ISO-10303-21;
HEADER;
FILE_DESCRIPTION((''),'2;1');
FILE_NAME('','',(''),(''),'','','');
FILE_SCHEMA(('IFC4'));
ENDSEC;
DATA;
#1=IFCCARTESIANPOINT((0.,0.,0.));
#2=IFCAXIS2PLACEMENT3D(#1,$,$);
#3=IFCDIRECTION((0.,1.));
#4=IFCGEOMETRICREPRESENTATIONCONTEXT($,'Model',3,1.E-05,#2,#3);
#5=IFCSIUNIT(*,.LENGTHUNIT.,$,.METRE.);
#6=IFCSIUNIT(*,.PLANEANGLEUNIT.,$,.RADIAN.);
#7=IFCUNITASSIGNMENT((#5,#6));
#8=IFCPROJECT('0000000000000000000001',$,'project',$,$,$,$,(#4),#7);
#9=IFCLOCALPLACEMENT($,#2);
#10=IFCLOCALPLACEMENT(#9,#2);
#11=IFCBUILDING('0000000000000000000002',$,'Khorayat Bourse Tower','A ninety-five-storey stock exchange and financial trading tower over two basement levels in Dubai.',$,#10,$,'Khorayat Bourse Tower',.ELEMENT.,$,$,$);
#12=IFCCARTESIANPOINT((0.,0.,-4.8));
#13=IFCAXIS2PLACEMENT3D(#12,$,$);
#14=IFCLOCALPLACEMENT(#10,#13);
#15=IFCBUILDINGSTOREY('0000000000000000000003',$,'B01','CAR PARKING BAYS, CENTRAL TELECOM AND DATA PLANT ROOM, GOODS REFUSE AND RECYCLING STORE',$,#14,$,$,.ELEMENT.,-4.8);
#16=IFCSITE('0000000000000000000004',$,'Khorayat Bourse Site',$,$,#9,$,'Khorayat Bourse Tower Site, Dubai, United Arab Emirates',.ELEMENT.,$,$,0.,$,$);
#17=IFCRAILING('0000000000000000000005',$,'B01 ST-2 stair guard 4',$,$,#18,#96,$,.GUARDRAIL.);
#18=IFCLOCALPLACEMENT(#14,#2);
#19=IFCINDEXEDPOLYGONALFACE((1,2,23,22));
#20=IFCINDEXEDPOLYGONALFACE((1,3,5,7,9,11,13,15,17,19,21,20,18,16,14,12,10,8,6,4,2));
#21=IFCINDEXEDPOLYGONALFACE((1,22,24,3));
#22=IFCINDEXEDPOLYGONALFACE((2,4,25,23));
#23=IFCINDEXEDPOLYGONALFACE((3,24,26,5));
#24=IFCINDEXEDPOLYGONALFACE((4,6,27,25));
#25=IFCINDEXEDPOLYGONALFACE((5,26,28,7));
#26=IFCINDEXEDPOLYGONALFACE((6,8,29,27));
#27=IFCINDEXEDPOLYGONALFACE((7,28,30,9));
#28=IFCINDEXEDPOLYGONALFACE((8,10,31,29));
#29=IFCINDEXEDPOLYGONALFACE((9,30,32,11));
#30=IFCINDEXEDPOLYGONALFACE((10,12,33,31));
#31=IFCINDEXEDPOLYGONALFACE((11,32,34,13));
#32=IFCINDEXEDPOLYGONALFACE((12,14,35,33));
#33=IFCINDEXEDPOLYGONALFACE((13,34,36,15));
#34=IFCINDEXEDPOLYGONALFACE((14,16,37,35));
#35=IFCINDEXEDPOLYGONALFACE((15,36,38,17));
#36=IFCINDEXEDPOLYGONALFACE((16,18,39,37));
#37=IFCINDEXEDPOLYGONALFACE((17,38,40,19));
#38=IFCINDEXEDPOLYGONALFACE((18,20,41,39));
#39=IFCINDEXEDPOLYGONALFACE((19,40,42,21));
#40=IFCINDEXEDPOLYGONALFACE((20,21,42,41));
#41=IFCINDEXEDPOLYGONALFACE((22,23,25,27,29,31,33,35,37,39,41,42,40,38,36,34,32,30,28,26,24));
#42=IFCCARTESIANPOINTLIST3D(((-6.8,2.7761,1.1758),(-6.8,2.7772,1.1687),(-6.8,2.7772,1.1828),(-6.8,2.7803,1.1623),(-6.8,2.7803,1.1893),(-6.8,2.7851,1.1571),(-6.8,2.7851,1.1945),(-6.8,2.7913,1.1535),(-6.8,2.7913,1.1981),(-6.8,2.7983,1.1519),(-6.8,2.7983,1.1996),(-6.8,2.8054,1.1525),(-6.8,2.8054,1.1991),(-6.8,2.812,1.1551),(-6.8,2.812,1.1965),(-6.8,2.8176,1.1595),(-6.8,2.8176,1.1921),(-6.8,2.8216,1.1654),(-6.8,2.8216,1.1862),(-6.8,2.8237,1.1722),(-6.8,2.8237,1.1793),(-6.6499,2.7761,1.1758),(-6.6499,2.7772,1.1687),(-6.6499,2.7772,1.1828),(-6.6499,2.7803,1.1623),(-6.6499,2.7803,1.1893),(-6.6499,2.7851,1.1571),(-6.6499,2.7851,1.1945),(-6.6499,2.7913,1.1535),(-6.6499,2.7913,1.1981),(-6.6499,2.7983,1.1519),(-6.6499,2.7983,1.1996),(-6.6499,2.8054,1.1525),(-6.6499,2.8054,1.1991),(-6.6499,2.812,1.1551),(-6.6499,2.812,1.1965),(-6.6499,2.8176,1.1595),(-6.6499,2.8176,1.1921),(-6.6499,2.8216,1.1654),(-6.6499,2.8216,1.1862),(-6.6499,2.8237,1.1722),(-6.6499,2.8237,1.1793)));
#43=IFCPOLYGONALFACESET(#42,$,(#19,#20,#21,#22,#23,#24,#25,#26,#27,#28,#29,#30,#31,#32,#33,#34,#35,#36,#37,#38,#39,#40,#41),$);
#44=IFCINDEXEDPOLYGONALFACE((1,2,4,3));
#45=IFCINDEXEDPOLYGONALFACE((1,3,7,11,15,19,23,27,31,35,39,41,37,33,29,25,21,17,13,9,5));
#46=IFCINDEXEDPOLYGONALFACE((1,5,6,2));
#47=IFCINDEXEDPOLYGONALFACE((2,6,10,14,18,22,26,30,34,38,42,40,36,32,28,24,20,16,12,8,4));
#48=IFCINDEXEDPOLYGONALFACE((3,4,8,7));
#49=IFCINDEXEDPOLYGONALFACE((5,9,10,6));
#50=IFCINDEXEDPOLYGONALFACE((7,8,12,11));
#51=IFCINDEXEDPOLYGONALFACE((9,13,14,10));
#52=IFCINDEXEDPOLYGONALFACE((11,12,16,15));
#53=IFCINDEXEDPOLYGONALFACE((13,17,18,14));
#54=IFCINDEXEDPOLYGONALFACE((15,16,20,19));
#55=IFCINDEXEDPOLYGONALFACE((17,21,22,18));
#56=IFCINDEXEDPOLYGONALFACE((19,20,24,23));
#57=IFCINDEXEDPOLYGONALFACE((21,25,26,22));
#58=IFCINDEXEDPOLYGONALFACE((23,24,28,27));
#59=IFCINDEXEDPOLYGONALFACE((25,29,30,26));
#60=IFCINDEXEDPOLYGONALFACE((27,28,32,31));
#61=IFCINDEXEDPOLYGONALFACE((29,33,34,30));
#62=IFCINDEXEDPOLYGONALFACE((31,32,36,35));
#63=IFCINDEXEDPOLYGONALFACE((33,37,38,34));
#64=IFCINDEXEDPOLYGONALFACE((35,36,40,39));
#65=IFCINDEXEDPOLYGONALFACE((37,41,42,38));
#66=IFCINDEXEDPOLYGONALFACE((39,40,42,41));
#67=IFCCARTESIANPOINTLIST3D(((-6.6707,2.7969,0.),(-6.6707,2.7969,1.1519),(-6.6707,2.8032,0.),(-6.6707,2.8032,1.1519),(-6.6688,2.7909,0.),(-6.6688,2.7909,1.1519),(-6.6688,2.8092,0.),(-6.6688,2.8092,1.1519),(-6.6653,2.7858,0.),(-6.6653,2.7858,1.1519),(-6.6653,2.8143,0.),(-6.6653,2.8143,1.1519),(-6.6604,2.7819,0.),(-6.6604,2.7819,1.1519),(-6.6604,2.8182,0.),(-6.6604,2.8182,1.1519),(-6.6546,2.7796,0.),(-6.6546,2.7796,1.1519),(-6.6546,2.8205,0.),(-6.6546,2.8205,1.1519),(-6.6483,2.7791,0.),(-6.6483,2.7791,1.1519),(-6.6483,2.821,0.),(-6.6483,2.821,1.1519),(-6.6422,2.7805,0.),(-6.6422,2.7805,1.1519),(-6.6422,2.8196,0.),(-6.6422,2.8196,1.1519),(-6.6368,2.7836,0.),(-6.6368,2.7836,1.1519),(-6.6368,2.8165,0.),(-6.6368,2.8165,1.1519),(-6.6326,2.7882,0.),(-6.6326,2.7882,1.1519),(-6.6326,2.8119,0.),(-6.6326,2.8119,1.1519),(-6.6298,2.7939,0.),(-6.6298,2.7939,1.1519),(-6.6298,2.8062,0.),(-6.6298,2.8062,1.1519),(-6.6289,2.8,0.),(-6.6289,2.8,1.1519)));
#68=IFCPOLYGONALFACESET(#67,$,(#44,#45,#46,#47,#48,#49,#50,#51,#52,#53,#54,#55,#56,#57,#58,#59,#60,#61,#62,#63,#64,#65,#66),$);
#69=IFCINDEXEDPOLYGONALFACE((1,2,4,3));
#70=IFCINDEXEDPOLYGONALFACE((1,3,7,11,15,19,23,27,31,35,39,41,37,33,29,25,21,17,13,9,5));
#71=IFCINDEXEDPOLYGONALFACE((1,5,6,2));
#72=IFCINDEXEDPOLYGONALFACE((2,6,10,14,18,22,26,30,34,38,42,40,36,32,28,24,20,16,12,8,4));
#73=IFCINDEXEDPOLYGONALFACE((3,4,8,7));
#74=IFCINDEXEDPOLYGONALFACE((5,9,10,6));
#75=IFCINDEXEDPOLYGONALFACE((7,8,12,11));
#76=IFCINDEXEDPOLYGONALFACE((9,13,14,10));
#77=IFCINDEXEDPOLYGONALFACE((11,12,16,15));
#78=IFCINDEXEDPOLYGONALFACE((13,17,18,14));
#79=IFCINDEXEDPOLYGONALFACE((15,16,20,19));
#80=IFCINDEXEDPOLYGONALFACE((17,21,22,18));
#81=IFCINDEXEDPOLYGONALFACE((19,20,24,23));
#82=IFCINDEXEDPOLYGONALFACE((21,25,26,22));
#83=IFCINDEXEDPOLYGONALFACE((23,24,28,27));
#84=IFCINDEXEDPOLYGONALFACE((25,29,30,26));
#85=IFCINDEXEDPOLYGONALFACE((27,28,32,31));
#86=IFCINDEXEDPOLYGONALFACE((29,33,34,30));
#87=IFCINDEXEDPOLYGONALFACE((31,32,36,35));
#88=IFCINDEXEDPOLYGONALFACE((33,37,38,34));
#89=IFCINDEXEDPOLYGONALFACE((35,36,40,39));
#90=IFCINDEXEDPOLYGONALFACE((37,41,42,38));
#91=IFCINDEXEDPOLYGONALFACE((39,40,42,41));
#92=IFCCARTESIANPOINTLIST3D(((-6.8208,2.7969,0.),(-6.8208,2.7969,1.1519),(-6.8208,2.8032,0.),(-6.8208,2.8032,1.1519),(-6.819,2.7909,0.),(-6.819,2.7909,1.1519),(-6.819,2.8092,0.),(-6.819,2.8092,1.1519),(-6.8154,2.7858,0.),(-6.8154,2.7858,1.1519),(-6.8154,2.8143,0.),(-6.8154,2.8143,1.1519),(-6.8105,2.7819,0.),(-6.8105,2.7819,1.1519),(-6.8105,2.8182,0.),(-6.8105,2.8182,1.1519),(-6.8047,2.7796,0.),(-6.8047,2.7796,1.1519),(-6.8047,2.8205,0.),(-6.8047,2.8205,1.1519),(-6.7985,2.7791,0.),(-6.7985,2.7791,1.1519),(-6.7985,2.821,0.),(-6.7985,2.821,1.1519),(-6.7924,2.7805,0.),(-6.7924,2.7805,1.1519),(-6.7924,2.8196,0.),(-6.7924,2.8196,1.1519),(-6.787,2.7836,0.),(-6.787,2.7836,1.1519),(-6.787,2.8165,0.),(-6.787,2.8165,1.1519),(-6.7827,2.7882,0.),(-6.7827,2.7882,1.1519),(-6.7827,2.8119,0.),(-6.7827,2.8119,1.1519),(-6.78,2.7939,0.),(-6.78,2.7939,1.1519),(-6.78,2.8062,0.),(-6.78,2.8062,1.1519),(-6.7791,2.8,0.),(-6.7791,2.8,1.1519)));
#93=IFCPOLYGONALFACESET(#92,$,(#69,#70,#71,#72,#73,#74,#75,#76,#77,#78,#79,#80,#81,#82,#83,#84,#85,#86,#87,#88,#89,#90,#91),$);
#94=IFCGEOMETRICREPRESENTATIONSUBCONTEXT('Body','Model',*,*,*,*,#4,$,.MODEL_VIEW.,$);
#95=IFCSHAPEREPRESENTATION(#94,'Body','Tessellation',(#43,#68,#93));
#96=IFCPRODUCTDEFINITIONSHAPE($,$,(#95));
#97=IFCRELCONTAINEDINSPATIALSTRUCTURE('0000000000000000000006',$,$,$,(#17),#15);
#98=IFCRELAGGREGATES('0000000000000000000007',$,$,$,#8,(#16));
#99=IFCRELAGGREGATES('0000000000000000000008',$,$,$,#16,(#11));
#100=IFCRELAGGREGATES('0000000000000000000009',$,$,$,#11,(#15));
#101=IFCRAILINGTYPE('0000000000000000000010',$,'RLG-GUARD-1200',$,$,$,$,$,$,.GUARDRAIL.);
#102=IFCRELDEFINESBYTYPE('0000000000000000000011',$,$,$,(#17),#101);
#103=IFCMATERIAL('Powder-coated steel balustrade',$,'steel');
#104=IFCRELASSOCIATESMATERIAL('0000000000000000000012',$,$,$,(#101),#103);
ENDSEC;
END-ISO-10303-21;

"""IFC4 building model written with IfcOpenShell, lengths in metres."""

from ifc_helpers import new_model, si_unit, direction, frame, origin, origin_2d, place, context, subcontext, project, spatial, circle, extrude, source, transform, mapped, material, type_object, element, save


model = new_model("IFC4")

# Units and contexts
model_context = context("Model", 3, precision=1e-05, world=origin(), true_north=direction((0.0, 1.0)))
body_context = subcontext(model_context, "Body", "Model", "MODEL_VIEW")
ifc_project = project(units=[si_unit("LENGTHUNIT", "METRE"), si_unit("PLANEANGLEUNIT", "RADIAN")], contexts=[model_context])

# Site, building, storey
site_placement = place(None, origin())
site = spatial("IfcSite", under=ifc_project, at=site_placement, Name="Khorayat Bourse Site", LongName="Khorayat Bourse Tower Site, Dubai, United Arab Emirates", CompositionType="ELEMENT", RefElevation=0.0)
building_placement = place(site_placement, origin())
building = spatial("IfcBuilding", under=site, at=building_placement, Name="Khorayat Bourse Tower", Description="A ninety-five-storey stock exchange and financial trading tower over two basement levels in Dubai.", LongName="Khorayat Bourse Tower", CompositionType="ELEMENT")
storey_placement = place(building_placement, frame((0.0, 0.0, -4.8)))
storey = spatial("IfcBuildingStorey", under=building, at=storey_placement, Name="B01", Description="CAR PARKING BAYS, CENTRAL TELECOM AND DATA PLANT ROOM, GOODS REFUSE AND RECYCLING STORE", CompositionType="ELEMENT", Elevation=-4.8)

# Railing
ifc_material_1 = material(Name="Powder-coated steel balustrade", Category="steel")
railing_type_1 = type_object("IfcRailingType", Name="RLG-GUARD-1200", PredefinedType="GUARDRAIL", material=ifc_material_1)
shared_shape_1 = source(origin(), body_context, "Body", "SweptSolid", [
    extrude(circle(Radius=0.0239, at=origin_2d()), frame((0.0, 0.0, 1.1758), z_axis=(-1.0, 0.0, 0.0), x_axis=(0.0, -1.0, 0.0)), (0.0, 0.0, 1.0), 0.1501),
    extrude(circle(Radius=0.021, at=origin_2d()), origin(), (0.0, 0.0, 1.0), 1.1519),
    extrude(circle(Radius=0.021, at=origin_2d()), frame((-0.1501, 0.0, 0.0)), (0.0, 0.0, 1.0), 1.1519),
])
for number, where, name in (
    (1, (-6.6499, 2.8, 0.0), "B01 ST-2 stair guard 4"),
):
    element("IfcRailing", number, at=place(storey_placement, frame(where)), inside=storey, type_object=railing_type_1, Name=name, PredefinedType="GUARDRAIL", context=body_context, shape_type="MappedRepresentation", body=[
        mapped(shared_shape_1, transform((0.0, 0.0, 0.0), scale=1.0)),
    ])

save(model, "model.ifc")
